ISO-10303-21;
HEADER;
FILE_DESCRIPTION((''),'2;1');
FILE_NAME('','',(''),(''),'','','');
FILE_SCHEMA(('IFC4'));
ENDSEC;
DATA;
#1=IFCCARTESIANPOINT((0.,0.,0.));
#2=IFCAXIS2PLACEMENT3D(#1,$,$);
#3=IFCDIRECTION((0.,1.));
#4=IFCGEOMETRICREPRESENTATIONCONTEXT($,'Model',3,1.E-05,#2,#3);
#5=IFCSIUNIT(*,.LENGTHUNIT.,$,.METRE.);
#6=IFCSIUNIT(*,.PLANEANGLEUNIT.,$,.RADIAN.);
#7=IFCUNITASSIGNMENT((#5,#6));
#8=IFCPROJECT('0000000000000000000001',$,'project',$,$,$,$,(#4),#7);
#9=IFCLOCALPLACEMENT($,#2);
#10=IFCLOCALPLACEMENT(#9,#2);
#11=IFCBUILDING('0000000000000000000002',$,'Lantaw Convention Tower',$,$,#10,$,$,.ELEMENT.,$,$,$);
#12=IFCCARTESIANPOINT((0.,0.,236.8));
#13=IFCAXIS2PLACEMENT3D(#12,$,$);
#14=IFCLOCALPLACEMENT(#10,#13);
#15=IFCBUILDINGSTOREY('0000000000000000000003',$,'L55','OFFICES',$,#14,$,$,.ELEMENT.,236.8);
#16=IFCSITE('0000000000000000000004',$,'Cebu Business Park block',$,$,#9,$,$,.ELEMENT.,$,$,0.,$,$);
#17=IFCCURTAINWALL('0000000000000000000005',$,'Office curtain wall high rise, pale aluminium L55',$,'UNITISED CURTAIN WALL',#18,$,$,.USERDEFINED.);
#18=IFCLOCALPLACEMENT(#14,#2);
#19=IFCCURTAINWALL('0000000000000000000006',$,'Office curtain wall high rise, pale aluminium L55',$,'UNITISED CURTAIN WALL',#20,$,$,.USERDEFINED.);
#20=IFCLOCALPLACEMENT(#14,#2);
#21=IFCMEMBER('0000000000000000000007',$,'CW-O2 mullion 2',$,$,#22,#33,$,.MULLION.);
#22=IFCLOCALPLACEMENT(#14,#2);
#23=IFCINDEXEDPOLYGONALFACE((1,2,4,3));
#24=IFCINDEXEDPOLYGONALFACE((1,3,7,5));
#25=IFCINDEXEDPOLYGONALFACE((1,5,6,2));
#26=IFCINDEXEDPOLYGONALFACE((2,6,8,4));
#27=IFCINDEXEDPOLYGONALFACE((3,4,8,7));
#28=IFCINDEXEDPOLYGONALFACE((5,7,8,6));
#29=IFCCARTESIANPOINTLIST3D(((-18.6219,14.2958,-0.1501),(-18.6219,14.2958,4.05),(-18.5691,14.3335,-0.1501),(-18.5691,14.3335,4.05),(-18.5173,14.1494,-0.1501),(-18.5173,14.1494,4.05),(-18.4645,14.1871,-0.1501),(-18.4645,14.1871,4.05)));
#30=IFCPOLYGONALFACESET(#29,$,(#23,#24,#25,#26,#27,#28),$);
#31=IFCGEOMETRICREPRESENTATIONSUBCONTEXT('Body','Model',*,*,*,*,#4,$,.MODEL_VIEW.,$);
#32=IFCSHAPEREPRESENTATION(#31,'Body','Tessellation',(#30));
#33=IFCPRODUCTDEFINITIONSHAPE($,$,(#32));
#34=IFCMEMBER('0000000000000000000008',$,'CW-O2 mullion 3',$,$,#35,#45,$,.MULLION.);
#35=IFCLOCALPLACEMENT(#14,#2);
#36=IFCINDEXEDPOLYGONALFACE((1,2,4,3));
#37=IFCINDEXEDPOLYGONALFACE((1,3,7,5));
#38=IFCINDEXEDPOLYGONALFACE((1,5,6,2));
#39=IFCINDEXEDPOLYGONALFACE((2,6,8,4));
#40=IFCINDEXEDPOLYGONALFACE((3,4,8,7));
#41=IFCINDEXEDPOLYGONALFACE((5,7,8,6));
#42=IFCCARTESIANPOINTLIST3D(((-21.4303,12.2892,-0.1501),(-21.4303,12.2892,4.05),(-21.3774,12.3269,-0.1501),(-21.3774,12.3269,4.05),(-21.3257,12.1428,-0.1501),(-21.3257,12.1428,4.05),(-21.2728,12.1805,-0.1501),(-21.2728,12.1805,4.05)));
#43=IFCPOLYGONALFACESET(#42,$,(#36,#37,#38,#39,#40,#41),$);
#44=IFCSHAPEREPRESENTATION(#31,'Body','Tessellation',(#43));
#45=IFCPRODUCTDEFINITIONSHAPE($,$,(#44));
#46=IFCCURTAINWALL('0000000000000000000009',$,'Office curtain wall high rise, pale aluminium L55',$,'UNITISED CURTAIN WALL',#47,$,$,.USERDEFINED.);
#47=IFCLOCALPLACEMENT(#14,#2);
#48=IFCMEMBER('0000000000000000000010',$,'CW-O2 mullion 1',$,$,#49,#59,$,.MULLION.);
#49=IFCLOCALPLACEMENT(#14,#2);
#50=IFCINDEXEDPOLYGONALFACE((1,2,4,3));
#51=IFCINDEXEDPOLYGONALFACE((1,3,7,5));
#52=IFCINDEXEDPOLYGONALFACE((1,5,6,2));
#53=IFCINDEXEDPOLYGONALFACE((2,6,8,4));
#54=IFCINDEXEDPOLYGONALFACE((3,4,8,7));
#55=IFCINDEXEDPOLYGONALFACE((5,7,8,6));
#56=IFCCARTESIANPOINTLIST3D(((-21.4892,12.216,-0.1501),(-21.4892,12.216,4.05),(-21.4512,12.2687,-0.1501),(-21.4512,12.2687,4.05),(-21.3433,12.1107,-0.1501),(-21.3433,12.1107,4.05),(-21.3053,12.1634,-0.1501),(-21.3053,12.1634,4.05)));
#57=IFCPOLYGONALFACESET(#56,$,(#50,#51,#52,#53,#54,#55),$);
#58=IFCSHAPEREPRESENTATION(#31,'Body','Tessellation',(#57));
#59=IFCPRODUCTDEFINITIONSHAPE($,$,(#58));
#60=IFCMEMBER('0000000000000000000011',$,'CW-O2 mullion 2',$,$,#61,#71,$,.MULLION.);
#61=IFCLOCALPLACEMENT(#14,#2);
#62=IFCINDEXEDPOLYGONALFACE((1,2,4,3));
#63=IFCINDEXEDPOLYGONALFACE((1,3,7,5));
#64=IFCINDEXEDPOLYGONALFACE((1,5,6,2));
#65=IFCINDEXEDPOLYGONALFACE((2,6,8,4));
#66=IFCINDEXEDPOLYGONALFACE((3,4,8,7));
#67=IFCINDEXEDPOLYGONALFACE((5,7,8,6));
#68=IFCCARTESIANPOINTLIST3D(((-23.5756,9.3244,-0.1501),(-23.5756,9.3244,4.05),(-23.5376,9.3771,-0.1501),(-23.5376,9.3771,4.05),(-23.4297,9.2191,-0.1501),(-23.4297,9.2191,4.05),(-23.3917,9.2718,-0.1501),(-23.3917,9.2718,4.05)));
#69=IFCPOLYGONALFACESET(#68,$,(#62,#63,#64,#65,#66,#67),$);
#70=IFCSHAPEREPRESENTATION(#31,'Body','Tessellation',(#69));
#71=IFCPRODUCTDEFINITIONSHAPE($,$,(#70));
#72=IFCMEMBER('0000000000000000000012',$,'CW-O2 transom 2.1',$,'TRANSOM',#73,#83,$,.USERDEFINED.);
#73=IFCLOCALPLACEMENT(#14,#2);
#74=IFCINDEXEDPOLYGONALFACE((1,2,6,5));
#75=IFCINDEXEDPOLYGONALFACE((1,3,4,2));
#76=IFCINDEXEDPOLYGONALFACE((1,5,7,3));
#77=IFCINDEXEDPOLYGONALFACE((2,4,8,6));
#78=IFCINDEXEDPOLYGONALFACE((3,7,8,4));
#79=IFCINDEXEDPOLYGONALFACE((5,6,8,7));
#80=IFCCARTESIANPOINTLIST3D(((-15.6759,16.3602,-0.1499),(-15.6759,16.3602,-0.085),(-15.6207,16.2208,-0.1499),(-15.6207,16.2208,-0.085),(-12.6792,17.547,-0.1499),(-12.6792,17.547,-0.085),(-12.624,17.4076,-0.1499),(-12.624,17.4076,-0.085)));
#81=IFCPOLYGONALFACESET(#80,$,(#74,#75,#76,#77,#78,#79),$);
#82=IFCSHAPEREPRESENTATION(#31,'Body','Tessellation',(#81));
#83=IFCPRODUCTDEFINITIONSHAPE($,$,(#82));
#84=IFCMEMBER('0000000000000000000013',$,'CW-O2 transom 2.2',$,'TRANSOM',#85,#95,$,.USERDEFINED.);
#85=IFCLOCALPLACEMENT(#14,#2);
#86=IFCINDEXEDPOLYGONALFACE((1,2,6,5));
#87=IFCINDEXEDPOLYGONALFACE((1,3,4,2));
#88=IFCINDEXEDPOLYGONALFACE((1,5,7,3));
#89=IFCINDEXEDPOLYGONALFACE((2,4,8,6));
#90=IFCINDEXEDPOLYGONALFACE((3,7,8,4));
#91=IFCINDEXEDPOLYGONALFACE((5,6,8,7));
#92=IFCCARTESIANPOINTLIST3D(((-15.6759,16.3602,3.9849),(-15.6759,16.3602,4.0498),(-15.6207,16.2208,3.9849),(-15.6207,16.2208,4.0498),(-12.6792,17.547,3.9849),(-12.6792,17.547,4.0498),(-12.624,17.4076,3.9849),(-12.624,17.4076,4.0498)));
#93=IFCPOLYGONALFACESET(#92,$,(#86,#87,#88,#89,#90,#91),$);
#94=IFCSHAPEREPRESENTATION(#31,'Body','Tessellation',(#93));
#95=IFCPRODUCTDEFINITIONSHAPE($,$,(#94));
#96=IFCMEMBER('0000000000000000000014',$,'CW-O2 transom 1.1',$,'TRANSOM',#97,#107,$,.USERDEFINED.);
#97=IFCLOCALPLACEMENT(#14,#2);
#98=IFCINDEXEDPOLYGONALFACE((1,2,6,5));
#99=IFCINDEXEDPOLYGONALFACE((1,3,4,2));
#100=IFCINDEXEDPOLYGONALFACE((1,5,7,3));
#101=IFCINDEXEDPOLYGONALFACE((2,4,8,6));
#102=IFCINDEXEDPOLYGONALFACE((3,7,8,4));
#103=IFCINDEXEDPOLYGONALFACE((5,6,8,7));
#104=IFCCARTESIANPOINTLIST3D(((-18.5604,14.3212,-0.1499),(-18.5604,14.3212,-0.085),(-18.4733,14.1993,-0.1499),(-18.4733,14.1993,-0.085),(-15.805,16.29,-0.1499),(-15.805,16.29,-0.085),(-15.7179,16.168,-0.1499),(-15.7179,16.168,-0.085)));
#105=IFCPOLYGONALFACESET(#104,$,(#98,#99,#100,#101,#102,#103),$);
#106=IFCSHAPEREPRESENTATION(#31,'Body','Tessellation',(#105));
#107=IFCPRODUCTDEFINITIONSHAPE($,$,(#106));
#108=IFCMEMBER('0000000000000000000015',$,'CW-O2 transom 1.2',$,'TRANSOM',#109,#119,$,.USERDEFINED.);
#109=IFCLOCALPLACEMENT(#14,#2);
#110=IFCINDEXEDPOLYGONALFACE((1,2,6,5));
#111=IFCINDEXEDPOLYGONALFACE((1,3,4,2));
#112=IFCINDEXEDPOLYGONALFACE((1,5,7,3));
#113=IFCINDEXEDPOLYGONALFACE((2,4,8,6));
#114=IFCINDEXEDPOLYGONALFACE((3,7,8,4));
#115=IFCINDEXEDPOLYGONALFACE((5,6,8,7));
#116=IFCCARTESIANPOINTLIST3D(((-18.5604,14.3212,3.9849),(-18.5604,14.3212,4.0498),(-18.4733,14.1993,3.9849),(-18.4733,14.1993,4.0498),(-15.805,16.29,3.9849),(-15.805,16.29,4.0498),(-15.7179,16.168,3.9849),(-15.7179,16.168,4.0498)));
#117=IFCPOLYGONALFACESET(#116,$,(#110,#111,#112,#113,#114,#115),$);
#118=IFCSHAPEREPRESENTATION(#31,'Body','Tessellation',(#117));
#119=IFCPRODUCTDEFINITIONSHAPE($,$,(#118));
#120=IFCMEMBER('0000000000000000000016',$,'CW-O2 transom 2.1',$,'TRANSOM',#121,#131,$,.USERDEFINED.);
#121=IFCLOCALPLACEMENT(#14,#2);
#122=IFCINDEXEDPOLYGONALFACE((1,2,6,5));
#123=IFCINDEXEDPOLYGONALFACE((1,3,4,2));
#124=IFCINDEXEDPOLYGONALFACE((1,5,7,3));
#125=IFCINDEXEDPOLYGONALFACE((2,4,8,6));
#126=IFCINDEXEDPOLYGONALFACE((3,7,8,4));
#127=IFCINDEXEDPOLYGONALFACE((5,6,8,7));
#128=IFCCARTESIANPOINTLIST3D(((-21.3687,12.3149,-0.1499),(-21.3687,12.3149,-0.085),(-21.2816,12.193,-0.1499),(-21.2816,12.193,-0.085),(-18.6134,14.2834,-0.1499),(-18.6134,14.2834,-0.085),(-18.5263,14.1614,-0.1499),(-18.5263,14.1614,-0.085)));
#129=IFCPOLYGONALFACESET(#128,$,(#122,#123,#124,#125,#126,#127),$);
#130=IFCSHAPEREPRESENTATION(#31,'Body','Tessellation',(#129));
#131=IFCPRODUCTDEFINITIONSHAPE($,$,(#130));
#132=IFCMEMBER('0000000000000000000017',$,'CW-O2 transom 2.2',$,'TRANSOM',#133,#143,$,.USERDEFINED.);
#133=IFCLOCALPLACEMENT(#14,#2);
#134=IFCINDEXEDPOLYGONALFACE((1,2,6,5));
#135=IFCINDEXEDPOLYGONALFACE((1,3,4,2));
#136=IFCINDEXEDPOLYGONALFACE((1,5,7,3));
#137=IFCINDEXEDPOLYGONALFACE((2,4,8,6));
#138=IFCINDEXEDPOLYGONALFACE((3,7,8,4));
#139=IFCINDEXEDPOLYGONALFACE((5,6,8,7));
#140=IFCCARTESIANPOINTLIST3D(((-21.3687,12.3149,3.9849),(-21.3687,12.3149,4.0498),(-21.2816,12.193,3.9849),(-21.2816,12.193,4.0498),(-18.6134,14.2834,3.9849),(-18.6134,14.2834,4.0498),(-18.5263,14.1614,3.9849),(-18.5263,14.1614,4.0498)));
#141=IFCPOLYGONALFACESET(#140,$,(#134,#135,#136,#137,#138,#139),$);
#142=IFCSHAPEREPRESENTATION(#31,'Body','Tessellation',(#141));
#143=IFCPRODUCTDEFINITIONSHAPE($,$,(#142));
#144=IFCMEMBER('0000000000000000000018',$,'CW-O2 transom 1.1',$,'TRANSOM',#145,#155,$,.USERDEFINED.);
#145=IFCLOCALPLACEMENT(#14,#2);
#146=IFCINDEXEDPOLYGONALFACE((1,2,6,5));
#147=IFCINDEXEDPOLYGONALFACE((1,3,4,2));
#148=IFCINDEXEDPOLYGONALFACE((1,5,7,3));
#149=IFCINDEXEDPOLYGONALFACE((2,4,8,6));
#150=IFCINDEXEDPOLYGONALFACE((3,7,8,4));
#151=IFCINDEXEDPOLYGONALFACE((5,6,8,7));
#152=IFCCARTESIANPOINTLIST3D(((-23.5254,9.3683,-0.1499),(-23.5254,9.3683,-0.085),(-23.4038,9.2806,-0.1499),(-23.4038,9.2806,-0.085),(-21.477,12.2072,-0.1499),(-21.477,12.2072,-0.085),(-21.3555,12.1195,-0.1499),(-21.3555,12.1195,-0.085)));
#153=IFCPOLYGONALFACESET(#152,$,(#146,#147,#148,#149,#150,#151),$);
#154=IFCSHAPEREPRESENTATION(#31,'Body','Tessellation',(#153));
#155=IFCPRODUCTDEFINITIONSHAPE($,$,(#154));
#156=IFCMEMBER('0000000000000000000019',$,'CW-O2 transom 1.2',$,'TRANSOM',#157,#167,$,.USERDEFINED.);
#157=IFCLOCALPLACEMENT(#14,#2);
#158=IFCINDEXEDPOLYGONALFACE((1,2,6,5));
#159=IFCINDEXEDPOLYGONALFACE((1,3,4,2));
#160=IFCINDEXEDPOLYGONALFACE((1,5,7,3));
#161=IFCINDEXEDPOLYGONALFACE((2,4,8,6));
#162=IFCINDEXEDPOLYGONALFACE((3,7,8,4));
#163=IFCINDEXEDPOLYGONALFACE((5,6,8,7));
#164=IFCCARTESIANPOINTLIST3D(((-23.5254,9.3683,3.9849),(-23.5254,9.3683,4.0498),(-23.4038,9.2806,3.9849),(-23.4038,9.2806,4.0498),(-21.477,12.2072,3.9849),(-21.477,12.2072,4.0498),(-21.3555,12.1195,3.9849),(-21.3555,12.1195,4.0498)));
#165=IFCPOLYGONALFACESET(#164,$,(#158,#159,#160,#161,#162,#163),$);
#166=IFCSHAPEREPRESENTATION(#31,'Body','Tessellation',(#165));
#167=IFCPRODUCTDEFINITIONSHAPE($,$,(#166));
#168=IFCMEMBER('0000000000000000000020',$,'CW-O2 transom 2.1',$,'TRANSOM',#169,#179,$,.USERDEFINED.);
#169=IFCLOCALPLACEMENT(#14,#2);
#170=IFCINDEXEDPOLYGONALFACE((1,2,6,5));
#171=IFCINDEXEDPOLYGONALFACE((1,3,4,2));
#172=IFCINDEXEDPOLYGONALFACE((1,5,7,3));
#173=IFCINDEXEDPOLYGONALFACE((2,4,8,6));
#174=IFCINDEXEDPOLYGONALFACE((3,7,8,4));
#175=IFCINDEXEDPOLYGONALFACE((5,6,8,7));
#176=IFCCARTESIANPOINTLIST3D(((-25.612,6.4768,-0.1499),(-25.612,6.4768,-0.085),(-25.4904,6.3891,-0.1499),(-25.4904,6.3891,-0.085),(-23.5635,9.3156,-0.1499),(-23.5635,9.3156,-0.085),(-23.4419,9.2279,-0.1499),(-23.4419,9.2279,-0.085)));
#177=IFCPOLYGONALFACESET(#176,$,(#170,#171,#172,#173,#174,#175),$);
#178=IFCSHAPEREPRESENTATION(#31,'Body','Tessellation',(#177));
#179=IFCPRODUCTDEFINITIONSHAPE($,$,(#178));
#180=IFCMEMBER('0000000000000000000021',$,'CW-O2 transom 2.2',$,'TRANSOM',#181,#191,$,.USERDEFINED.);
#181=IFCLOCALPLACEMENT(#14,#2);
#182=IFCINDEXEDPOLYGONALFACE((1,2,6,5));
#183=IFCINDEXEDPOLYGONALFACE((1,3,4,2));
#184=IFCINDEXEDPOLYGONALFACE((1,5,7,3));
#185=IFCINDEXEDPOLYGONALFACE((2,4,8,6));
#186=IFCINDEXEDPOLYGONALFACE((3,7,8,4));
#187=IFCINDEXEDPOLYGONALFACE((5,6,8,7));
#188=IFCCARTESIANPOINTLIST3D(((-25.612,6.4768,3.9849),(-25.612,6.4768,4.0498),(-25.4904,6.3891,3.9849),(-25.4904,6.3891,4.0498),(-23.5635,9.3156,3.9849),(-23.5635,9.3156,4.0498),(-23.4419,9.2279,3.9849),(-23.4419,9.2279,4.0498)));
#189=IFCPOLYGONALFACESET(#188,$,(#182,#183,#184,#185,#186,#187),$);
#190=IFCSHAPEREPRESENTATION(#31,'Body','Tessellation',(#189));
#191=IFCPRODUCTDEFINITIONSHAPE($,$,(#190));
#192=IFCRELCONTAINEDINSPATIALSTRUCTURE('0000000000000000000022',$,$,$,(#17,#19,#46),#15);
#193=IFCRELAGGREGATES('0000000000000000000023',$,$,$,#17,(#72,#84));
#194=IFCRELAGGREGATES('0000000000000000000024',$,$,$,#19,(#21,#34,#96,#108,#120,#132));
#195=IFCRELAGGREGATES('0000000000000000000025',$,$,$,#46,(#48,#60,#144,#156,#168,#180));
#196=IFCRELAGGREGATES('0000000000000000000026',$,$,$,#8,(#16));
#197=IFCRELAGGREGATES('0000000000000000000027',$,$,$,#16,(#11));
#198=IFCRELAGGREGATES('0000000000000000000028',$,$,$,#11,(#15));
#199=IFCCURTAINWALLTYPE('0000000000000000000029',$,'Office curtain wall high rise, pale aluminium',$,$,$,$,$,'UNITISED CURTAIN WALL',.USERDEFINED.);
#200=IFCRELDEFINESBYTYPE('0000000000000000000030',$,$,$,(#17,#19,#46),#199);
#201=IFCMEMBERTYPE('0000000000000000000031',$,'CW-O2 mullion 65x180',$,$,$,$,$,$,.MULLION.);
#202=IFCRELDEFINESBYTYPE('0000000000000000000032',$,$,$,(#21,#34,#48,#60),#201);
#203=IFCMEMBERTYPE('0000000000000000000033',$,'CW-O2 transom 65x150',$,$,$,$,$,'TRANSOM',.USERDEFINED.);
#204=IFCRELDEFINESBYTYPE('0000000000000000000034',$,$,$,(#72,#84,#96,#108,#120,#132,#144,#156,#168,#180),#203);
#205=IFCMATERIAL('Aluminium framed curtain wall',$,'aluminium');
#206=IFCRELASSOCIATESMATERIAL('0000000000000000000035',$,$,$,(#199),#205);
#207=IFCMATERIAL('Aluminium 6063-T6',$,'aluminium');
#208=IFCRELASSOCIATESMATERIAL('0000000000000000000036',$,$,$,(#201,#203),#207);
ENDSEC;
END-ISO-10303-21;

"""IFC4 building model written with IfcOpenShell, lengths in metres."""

from ifc_helpers import new_model, si_unit, direction, frame, origin, origin_2d, place, context, subcontext, project, spatial, rectangle, extrude, material, material_profile, profile_set, type_object, element, aggregate, save


model = new_model("IFC4")

# Units and contexts
model_context = context("Model", 3, precision=1e-05, world=origin(), true_north=direction((0.0, 1.0)))
body_context = subcontext(model_context, "Body", "Model", "MODEL_VIEW")
ifc_project = project(units=[si_unit("LENGTHUNIT", "METRE"), si_unit("PLANEANGLEUNIT", "RADIAN")], contexts=[model_context])

# Site, building, storey
site_placement = place(None, origin())
site = spatial("IfcSite", under=ifc_project, at=site_placement, Name="Cebu Business Park block", CompositionType="ELEMENT", RefElevation=0.0)
building_placement = place(site_placement, origin())
building = spatial("IfcBuilding", under=site, at=building_placement, Name="Lantaw Convention Tower", CompositionType="ELEMENT")
storey_placement = place(building_placement, frame((0.0, 0.0, 236.8)))
storey = spatial("IfcBuildingStorey", under=building, at=storey_placement, Name="L55", Description="OFFICES", CompositionType="ELEMENT", Elevation=236.8)

# Curtain walls, members
ifc_material_1 = material(Name="Aluminium framed curtain wall", Category="aluminium")
curtain_wall_type = type_object("IfcCurtainWallType", Name="Office curtain wall high rise, pale aluminium", ElementType="UNITISED CURTAIN WALL", PredefinedType="USERDEFINED", material=ifc_material_1)
curtain_wall_1_placement = place(storey_placement, origin())
curtain_wall_1 = element("IfcCurtainWall", 1, at=curtain_wall_1_placement, inside=storey, type_object=curtain_wall_type, Name="Office curtain wall high rise, pale aluminium L55", ObjectType="UNITISED CURTAIN WALL", PredefinedType="USERDEFINED")
ifc_material_2 = material(Name="Aluminium 6063-T6", Category="aluminium")
ifc_material_profile_1 = material_profile(ifc_material_2, rectangle(XDim=0.1799, YDim=0.0649, at=origin_2d()), Name="CW-O2 mullion 65x180")
ifc_profile_set_1 = profile_set([ifc_material_profile_1], Name="Aluminium 6063-T6")
member_type_1 = type_object("IfcMemberType", Name="CW-O2 mullion 65x180", PredefinedType="MULLION", material=ifc_profile_set_1)
curtain_wall_2_placement = place(storey_placement, origin())
curtain_wall_2 = element("IfcCurtainWall", 2, at=curtain_wall_2_placement, inside=storey, type_object=curtain_wall_type, Name="Office curtain wall high rise, pale aluminium L55", ObjectType="UNITISED CURTAIN WALL", PredefinedType="USERDEFINED")
member_1_placement = place(storey_placement, frame((-18.5432, 14.2415, -0.1501), z_axis=(0.0, 0.0, 1.0), x_axis=(0.581323, -0.813673, 0.0)))
member_1 = element("IfcMember", 3, at=member_1_placement, type_object=member_type_1, Name="CW-O2 mullion 2", PredefinedType="MULLION", context=body_context, shape_type="SweptSolid", body=[
    extrude(rectangle(XDim=0.1799, YDim=0.0649, at=origin_2d()), origin(), (0.0, 0.0, 1.0), 4.2002),
])
member_2_placement = place(storey_placement, frame((-21.3516, 12.2349, -0.1501), z_axis=(0.0, 0.0, 1.0), x_axis=(0.581323, -0.813673, 0.0)))
member_2 = element("IfcMember", 4, at=member_2_placement, type_object=member_type_1, Name="CW-O2 mullion 3", PredefinedType="MULLION", context=body_context, shape_type="SweptSolid", body=[
    extrude(rectangle(XDim=0.1799, YDim=0.0649, at=origin_2d()), origin(), (0.0, 0.0, 1.0), 4.2002),
])
curtain_wall_3_placement = place(storey_placement, origin())
curtain_wall_3 = element("IfcCurtainWall", 5, at=curtain_wall_3_placement, inside=storey, type_object=curtain_wall_type, Name="Office curtain wall high rise, pale aluminium L55", ObjectType="UNITISED CURTAIN WALL", PredefinedType="USERDEFINED")
member_3_placement = place(storey_placement, frame((-21.3972, 12.1897, -0.1501), z_axis=(0.0, 0.0, 1.0), x_axis=(0.81092, -0.585158, 0.0)))
member_3 = element("IfcMember", 6, at=member_3_placement, type_object=member_type_1, Name="CW-O2 mullion 1", PredefinedType="MULLION", context=body_context, shape_type="SweptSolid", body=[
    extrude(rectangle(XDim=0.1799, YDim=0.0649, at=origin_2d()), origin(), (0.0, 0.0, 1.0), 4.2002),
])
member_4_placement = place(storey_placement, frame((-23.4836, 9.2981, -0.1501), z_axis=(0.0, 0.0, 1.0), x_axis=(0.81092, -0.585158, 0.0)))
member_4 = element("IfcMember", 7, at=member_4_placement, type_object=member_type_1, Name="CW-O2 mullion 2", PredefinedType="MULLION", context=body_context, shape_type="SweptSolid", body=[
    extrude(rectangle(XDim=0.1799, YDim=0.0649, at=origin_2d()), origin(), (0.0, 0.0, 1.0), 4.2002),
])

# Members
ifc_material_profile_2 = material_profile(ifc_material_2, rectangle(XDim=0.1499, YDim=0.0649, at=origin_2d()), Name="CW-O2 transom 65x150")
ifc_profile_set_2 = profile_set([ifc_material_profile_2], Name="Aluminium 6063-T6")
member_type_2 = type_object("IfcMemberType", Name="CW-O2 transom 65x150", ElementType="TRANSOM", PredefinedType="USERDEFINED", material=ifc_profile_set_2)
member_5_placement = place(storey_placement, frame((-12.6516, 17.4773, -0.1174), z_axis=(-0.929741, -0.368215, 0.0), x_axis=(0.368215, -0.929741, 0.0)))
member_5 = element("IfcMember", 8, at=member_5_placement, type_object=member_type_2, Name="CW-O2 transom 2.1", ObjectType="TRANSOM", PredefinedType="USERDEFINED", context=body_context, shape_type="SweptSolid", body=[
    extrude(rectangle(XDim=0.1499, YDim=0.0649, at=origin_2d()), origin(), (0.0, 0.0, 1.0), 3.2231),
])
member_6_placement = place(storey_placement, frame((-12.6516, 17.4773, 4.0173), z_axis=(-0.929741, -0.368215, 0.0), x_axis=(0.368215, -0.929741, 0.0)))
member_6 = element("IfcMember", 9, at=member_6_placement, type_object=member_type_2, Name="CW-O2 transom 2.2", ObjectType="TRANSOM", PredefinedType="USERDEFINED", context=body_context, shape_type="SweptSolid", body=[
    extrude(rectangle(XDim=0.1499, YDim=0.0649, at=origin_2d()), origin(), (0.0, 0.0, 1.0), 3.2231),
])
member_7_placement = place(storey_placement, frame((-15.7615, 16.229, -0.1174), z_axis=(-0.813646, -0.581361, 0.0), x_axis=(0.581361, -0.813646, 0.0)))
member_7 = element("IfcMember", 10, at=member_7_placement, type_object=member_type_2, Name="CW-O2 transom 1.1", ObjectType="TRANSOM", PredefinedType="USERDEFINED", context=body_context, shape_type="SweptSolid", body=[
    extrude(rectangle(XDim=0.1499, YDim=0.0649, at=origin_2d()), origin(), (0.0, 0.0, 1.0), 3.3865),
])
member_8_placement = place(storey_placement, frame((-15.7615, 16.229, 4.0173), z_axis=(-0.813646, -0.581361, 0.0), x_axis=(0.581361, -0.813646, 0.0)))
member_8 = element("IfcMember", 11, at=member_8_placement, type_object=member_type_2, Name="CW-O2 transom 1.2", ObjectType="TRANSOM", PredefinedType="USERDEFINED", context=body_context, shape_type="SweptSolid", body=[
    extrude(rectangle(XDim=0.1499, YDim=0.0649, at=origin_2d()), origin(), (0.0, 0.0, 1.0), 3.3865),
])
member_9_placement = place(storey_placement, frame((-18.5698, 14.2224, -0.1174), z_axis=(-0.81368, -0.581313, 0.0), x_axis=(0.581313, -0.81368, 0.0)))
member_9 = element("IfcMember", 12, at=member_9_placement, type_object=member_type_2, Name="CW-O2 transom 2.1", ObjectType="TRANSOM", PredefinedType="USERDEFINED", context=body_context, shape_type="SweptSolid", body=[
    extrude(rectangle(XDim=0.1499, YDim=0.0649, at=origin_2d()), origin(), (0.0, 0.0, 1.0), 3.3862),
])
member_10_placement = place(storey_placement, frame((-18.5698, 14.2224, 4.0173), z_axis=(-0.81368, -0.581313, 0.0), x_axis=(0.581313, -0.81368, 0.0)))
member_10 = element("IfcMember", 13, at=member_10_placement, type_object=member_type_2, Name="CW-O2 transom 2.2", ObjectType="TRANSOM", PredefinedType="USERDEFINED", context=body_context, shape_type="SweptSolid", body=[
    extrude(rectangle(XDim=0.1499, YDim=0.0649, at=origin_2d()), origin(), (0.0, 0.0, 1.0), 3.3862),
])
member_11_placement = place(storey_placement, frame((-21.4163, 12.1633, -0.1174), z_axis=(-0.585124, -0.810944, 0.0), x_axis=(0.810944, -0.585124, 0.0)))
member_11 = element("IfcMember", 14, at=member_11_placement, type_object=member_type_2, Name="CW-O2 transom 1.1", ObjectType="TRANSOM", PredefinedType="USERDEFINED", context=body_context, shape_type="SweptSolid", body=[
    extrude(rectangle(XDim=0.1499, YDim=0.0649, at=origin_2d()), origin(), (0.0, 0.0, 1.0), 3.5007),
])
member_12_placement = place(storey_placement, frame((-21.4163, 12.1633, 4.0173), z_axis=(-0.585124, -0.810944, 0.0), x_axis=(0.810944, -0.585124, 0.0)))
member_12 = element("IfcMember", 15, at=member_12_placement, type_object=member_type_2, Name="CW-O2 transom 1.2", ObjectType="TRANSOM", PredefinedType="USERDEFINED", context=body_context, shape_type="SweptSolid", body=[
    extrude(rectangle(XDim=0.1499, YDim=0.0649, at=origin_2d()), origin(), (0.0, 0.0, 1.0), 3.5007),
])
member_13_placement = place(storey_placement, frame((-23.5027, 9.2717, -0.1174), z_axis=(-0.58517, -0.810911, 0.0), x_axis=(0.810911, -0.58517, 0.0)))
member_13 = element("IfcMember", 16, at=member_13_placement, type_object=member_type_2, Name="CW-O2 transom 2.1", ObjectType="TRANSOM", PredefinedType="USERDEFINED", context=body_context, shape_type="SweptSolid", body=[
    extrude(rectangle(XDim=0.1499, YDim=0.0649, at=origin_2d()), origin(), (0.0, 0.0, 1.0), 3.5007),
])
member_14_placement = place(storey_placement, frame((-23.5027, 9.2717, 4.0173), z_axis=(-0.58517, -0.810911, 0.0), x_axis=(0.810911, -0.58517, 0.0)))
member_14 = element("IfcMember", 17, at=member_14_placement, type_object=member_type_2, Name="CW-O2 transom 2.2", ObjectType="TRANSOM", PredefinedType="USERDEFINED", context=body_context, shape_type="SweptSolid", body=[
    extrude(rectangle(XDim=0.1499, YDim=0.0649, at=origin_2d()), origin(), (0.0, 0.0, 1.0), 3.5007),
])

aggregate(curtain_wall_1, [member_5, member_6])
aggregate(curtain_wall_2, [member_1, member_2, member_7, member_8, member_9, member_10])
aggregate(curtain_wall_3, [member_3, member_4, member_11, member_12, member_13, member_14])

save(model, "model.ifc")
